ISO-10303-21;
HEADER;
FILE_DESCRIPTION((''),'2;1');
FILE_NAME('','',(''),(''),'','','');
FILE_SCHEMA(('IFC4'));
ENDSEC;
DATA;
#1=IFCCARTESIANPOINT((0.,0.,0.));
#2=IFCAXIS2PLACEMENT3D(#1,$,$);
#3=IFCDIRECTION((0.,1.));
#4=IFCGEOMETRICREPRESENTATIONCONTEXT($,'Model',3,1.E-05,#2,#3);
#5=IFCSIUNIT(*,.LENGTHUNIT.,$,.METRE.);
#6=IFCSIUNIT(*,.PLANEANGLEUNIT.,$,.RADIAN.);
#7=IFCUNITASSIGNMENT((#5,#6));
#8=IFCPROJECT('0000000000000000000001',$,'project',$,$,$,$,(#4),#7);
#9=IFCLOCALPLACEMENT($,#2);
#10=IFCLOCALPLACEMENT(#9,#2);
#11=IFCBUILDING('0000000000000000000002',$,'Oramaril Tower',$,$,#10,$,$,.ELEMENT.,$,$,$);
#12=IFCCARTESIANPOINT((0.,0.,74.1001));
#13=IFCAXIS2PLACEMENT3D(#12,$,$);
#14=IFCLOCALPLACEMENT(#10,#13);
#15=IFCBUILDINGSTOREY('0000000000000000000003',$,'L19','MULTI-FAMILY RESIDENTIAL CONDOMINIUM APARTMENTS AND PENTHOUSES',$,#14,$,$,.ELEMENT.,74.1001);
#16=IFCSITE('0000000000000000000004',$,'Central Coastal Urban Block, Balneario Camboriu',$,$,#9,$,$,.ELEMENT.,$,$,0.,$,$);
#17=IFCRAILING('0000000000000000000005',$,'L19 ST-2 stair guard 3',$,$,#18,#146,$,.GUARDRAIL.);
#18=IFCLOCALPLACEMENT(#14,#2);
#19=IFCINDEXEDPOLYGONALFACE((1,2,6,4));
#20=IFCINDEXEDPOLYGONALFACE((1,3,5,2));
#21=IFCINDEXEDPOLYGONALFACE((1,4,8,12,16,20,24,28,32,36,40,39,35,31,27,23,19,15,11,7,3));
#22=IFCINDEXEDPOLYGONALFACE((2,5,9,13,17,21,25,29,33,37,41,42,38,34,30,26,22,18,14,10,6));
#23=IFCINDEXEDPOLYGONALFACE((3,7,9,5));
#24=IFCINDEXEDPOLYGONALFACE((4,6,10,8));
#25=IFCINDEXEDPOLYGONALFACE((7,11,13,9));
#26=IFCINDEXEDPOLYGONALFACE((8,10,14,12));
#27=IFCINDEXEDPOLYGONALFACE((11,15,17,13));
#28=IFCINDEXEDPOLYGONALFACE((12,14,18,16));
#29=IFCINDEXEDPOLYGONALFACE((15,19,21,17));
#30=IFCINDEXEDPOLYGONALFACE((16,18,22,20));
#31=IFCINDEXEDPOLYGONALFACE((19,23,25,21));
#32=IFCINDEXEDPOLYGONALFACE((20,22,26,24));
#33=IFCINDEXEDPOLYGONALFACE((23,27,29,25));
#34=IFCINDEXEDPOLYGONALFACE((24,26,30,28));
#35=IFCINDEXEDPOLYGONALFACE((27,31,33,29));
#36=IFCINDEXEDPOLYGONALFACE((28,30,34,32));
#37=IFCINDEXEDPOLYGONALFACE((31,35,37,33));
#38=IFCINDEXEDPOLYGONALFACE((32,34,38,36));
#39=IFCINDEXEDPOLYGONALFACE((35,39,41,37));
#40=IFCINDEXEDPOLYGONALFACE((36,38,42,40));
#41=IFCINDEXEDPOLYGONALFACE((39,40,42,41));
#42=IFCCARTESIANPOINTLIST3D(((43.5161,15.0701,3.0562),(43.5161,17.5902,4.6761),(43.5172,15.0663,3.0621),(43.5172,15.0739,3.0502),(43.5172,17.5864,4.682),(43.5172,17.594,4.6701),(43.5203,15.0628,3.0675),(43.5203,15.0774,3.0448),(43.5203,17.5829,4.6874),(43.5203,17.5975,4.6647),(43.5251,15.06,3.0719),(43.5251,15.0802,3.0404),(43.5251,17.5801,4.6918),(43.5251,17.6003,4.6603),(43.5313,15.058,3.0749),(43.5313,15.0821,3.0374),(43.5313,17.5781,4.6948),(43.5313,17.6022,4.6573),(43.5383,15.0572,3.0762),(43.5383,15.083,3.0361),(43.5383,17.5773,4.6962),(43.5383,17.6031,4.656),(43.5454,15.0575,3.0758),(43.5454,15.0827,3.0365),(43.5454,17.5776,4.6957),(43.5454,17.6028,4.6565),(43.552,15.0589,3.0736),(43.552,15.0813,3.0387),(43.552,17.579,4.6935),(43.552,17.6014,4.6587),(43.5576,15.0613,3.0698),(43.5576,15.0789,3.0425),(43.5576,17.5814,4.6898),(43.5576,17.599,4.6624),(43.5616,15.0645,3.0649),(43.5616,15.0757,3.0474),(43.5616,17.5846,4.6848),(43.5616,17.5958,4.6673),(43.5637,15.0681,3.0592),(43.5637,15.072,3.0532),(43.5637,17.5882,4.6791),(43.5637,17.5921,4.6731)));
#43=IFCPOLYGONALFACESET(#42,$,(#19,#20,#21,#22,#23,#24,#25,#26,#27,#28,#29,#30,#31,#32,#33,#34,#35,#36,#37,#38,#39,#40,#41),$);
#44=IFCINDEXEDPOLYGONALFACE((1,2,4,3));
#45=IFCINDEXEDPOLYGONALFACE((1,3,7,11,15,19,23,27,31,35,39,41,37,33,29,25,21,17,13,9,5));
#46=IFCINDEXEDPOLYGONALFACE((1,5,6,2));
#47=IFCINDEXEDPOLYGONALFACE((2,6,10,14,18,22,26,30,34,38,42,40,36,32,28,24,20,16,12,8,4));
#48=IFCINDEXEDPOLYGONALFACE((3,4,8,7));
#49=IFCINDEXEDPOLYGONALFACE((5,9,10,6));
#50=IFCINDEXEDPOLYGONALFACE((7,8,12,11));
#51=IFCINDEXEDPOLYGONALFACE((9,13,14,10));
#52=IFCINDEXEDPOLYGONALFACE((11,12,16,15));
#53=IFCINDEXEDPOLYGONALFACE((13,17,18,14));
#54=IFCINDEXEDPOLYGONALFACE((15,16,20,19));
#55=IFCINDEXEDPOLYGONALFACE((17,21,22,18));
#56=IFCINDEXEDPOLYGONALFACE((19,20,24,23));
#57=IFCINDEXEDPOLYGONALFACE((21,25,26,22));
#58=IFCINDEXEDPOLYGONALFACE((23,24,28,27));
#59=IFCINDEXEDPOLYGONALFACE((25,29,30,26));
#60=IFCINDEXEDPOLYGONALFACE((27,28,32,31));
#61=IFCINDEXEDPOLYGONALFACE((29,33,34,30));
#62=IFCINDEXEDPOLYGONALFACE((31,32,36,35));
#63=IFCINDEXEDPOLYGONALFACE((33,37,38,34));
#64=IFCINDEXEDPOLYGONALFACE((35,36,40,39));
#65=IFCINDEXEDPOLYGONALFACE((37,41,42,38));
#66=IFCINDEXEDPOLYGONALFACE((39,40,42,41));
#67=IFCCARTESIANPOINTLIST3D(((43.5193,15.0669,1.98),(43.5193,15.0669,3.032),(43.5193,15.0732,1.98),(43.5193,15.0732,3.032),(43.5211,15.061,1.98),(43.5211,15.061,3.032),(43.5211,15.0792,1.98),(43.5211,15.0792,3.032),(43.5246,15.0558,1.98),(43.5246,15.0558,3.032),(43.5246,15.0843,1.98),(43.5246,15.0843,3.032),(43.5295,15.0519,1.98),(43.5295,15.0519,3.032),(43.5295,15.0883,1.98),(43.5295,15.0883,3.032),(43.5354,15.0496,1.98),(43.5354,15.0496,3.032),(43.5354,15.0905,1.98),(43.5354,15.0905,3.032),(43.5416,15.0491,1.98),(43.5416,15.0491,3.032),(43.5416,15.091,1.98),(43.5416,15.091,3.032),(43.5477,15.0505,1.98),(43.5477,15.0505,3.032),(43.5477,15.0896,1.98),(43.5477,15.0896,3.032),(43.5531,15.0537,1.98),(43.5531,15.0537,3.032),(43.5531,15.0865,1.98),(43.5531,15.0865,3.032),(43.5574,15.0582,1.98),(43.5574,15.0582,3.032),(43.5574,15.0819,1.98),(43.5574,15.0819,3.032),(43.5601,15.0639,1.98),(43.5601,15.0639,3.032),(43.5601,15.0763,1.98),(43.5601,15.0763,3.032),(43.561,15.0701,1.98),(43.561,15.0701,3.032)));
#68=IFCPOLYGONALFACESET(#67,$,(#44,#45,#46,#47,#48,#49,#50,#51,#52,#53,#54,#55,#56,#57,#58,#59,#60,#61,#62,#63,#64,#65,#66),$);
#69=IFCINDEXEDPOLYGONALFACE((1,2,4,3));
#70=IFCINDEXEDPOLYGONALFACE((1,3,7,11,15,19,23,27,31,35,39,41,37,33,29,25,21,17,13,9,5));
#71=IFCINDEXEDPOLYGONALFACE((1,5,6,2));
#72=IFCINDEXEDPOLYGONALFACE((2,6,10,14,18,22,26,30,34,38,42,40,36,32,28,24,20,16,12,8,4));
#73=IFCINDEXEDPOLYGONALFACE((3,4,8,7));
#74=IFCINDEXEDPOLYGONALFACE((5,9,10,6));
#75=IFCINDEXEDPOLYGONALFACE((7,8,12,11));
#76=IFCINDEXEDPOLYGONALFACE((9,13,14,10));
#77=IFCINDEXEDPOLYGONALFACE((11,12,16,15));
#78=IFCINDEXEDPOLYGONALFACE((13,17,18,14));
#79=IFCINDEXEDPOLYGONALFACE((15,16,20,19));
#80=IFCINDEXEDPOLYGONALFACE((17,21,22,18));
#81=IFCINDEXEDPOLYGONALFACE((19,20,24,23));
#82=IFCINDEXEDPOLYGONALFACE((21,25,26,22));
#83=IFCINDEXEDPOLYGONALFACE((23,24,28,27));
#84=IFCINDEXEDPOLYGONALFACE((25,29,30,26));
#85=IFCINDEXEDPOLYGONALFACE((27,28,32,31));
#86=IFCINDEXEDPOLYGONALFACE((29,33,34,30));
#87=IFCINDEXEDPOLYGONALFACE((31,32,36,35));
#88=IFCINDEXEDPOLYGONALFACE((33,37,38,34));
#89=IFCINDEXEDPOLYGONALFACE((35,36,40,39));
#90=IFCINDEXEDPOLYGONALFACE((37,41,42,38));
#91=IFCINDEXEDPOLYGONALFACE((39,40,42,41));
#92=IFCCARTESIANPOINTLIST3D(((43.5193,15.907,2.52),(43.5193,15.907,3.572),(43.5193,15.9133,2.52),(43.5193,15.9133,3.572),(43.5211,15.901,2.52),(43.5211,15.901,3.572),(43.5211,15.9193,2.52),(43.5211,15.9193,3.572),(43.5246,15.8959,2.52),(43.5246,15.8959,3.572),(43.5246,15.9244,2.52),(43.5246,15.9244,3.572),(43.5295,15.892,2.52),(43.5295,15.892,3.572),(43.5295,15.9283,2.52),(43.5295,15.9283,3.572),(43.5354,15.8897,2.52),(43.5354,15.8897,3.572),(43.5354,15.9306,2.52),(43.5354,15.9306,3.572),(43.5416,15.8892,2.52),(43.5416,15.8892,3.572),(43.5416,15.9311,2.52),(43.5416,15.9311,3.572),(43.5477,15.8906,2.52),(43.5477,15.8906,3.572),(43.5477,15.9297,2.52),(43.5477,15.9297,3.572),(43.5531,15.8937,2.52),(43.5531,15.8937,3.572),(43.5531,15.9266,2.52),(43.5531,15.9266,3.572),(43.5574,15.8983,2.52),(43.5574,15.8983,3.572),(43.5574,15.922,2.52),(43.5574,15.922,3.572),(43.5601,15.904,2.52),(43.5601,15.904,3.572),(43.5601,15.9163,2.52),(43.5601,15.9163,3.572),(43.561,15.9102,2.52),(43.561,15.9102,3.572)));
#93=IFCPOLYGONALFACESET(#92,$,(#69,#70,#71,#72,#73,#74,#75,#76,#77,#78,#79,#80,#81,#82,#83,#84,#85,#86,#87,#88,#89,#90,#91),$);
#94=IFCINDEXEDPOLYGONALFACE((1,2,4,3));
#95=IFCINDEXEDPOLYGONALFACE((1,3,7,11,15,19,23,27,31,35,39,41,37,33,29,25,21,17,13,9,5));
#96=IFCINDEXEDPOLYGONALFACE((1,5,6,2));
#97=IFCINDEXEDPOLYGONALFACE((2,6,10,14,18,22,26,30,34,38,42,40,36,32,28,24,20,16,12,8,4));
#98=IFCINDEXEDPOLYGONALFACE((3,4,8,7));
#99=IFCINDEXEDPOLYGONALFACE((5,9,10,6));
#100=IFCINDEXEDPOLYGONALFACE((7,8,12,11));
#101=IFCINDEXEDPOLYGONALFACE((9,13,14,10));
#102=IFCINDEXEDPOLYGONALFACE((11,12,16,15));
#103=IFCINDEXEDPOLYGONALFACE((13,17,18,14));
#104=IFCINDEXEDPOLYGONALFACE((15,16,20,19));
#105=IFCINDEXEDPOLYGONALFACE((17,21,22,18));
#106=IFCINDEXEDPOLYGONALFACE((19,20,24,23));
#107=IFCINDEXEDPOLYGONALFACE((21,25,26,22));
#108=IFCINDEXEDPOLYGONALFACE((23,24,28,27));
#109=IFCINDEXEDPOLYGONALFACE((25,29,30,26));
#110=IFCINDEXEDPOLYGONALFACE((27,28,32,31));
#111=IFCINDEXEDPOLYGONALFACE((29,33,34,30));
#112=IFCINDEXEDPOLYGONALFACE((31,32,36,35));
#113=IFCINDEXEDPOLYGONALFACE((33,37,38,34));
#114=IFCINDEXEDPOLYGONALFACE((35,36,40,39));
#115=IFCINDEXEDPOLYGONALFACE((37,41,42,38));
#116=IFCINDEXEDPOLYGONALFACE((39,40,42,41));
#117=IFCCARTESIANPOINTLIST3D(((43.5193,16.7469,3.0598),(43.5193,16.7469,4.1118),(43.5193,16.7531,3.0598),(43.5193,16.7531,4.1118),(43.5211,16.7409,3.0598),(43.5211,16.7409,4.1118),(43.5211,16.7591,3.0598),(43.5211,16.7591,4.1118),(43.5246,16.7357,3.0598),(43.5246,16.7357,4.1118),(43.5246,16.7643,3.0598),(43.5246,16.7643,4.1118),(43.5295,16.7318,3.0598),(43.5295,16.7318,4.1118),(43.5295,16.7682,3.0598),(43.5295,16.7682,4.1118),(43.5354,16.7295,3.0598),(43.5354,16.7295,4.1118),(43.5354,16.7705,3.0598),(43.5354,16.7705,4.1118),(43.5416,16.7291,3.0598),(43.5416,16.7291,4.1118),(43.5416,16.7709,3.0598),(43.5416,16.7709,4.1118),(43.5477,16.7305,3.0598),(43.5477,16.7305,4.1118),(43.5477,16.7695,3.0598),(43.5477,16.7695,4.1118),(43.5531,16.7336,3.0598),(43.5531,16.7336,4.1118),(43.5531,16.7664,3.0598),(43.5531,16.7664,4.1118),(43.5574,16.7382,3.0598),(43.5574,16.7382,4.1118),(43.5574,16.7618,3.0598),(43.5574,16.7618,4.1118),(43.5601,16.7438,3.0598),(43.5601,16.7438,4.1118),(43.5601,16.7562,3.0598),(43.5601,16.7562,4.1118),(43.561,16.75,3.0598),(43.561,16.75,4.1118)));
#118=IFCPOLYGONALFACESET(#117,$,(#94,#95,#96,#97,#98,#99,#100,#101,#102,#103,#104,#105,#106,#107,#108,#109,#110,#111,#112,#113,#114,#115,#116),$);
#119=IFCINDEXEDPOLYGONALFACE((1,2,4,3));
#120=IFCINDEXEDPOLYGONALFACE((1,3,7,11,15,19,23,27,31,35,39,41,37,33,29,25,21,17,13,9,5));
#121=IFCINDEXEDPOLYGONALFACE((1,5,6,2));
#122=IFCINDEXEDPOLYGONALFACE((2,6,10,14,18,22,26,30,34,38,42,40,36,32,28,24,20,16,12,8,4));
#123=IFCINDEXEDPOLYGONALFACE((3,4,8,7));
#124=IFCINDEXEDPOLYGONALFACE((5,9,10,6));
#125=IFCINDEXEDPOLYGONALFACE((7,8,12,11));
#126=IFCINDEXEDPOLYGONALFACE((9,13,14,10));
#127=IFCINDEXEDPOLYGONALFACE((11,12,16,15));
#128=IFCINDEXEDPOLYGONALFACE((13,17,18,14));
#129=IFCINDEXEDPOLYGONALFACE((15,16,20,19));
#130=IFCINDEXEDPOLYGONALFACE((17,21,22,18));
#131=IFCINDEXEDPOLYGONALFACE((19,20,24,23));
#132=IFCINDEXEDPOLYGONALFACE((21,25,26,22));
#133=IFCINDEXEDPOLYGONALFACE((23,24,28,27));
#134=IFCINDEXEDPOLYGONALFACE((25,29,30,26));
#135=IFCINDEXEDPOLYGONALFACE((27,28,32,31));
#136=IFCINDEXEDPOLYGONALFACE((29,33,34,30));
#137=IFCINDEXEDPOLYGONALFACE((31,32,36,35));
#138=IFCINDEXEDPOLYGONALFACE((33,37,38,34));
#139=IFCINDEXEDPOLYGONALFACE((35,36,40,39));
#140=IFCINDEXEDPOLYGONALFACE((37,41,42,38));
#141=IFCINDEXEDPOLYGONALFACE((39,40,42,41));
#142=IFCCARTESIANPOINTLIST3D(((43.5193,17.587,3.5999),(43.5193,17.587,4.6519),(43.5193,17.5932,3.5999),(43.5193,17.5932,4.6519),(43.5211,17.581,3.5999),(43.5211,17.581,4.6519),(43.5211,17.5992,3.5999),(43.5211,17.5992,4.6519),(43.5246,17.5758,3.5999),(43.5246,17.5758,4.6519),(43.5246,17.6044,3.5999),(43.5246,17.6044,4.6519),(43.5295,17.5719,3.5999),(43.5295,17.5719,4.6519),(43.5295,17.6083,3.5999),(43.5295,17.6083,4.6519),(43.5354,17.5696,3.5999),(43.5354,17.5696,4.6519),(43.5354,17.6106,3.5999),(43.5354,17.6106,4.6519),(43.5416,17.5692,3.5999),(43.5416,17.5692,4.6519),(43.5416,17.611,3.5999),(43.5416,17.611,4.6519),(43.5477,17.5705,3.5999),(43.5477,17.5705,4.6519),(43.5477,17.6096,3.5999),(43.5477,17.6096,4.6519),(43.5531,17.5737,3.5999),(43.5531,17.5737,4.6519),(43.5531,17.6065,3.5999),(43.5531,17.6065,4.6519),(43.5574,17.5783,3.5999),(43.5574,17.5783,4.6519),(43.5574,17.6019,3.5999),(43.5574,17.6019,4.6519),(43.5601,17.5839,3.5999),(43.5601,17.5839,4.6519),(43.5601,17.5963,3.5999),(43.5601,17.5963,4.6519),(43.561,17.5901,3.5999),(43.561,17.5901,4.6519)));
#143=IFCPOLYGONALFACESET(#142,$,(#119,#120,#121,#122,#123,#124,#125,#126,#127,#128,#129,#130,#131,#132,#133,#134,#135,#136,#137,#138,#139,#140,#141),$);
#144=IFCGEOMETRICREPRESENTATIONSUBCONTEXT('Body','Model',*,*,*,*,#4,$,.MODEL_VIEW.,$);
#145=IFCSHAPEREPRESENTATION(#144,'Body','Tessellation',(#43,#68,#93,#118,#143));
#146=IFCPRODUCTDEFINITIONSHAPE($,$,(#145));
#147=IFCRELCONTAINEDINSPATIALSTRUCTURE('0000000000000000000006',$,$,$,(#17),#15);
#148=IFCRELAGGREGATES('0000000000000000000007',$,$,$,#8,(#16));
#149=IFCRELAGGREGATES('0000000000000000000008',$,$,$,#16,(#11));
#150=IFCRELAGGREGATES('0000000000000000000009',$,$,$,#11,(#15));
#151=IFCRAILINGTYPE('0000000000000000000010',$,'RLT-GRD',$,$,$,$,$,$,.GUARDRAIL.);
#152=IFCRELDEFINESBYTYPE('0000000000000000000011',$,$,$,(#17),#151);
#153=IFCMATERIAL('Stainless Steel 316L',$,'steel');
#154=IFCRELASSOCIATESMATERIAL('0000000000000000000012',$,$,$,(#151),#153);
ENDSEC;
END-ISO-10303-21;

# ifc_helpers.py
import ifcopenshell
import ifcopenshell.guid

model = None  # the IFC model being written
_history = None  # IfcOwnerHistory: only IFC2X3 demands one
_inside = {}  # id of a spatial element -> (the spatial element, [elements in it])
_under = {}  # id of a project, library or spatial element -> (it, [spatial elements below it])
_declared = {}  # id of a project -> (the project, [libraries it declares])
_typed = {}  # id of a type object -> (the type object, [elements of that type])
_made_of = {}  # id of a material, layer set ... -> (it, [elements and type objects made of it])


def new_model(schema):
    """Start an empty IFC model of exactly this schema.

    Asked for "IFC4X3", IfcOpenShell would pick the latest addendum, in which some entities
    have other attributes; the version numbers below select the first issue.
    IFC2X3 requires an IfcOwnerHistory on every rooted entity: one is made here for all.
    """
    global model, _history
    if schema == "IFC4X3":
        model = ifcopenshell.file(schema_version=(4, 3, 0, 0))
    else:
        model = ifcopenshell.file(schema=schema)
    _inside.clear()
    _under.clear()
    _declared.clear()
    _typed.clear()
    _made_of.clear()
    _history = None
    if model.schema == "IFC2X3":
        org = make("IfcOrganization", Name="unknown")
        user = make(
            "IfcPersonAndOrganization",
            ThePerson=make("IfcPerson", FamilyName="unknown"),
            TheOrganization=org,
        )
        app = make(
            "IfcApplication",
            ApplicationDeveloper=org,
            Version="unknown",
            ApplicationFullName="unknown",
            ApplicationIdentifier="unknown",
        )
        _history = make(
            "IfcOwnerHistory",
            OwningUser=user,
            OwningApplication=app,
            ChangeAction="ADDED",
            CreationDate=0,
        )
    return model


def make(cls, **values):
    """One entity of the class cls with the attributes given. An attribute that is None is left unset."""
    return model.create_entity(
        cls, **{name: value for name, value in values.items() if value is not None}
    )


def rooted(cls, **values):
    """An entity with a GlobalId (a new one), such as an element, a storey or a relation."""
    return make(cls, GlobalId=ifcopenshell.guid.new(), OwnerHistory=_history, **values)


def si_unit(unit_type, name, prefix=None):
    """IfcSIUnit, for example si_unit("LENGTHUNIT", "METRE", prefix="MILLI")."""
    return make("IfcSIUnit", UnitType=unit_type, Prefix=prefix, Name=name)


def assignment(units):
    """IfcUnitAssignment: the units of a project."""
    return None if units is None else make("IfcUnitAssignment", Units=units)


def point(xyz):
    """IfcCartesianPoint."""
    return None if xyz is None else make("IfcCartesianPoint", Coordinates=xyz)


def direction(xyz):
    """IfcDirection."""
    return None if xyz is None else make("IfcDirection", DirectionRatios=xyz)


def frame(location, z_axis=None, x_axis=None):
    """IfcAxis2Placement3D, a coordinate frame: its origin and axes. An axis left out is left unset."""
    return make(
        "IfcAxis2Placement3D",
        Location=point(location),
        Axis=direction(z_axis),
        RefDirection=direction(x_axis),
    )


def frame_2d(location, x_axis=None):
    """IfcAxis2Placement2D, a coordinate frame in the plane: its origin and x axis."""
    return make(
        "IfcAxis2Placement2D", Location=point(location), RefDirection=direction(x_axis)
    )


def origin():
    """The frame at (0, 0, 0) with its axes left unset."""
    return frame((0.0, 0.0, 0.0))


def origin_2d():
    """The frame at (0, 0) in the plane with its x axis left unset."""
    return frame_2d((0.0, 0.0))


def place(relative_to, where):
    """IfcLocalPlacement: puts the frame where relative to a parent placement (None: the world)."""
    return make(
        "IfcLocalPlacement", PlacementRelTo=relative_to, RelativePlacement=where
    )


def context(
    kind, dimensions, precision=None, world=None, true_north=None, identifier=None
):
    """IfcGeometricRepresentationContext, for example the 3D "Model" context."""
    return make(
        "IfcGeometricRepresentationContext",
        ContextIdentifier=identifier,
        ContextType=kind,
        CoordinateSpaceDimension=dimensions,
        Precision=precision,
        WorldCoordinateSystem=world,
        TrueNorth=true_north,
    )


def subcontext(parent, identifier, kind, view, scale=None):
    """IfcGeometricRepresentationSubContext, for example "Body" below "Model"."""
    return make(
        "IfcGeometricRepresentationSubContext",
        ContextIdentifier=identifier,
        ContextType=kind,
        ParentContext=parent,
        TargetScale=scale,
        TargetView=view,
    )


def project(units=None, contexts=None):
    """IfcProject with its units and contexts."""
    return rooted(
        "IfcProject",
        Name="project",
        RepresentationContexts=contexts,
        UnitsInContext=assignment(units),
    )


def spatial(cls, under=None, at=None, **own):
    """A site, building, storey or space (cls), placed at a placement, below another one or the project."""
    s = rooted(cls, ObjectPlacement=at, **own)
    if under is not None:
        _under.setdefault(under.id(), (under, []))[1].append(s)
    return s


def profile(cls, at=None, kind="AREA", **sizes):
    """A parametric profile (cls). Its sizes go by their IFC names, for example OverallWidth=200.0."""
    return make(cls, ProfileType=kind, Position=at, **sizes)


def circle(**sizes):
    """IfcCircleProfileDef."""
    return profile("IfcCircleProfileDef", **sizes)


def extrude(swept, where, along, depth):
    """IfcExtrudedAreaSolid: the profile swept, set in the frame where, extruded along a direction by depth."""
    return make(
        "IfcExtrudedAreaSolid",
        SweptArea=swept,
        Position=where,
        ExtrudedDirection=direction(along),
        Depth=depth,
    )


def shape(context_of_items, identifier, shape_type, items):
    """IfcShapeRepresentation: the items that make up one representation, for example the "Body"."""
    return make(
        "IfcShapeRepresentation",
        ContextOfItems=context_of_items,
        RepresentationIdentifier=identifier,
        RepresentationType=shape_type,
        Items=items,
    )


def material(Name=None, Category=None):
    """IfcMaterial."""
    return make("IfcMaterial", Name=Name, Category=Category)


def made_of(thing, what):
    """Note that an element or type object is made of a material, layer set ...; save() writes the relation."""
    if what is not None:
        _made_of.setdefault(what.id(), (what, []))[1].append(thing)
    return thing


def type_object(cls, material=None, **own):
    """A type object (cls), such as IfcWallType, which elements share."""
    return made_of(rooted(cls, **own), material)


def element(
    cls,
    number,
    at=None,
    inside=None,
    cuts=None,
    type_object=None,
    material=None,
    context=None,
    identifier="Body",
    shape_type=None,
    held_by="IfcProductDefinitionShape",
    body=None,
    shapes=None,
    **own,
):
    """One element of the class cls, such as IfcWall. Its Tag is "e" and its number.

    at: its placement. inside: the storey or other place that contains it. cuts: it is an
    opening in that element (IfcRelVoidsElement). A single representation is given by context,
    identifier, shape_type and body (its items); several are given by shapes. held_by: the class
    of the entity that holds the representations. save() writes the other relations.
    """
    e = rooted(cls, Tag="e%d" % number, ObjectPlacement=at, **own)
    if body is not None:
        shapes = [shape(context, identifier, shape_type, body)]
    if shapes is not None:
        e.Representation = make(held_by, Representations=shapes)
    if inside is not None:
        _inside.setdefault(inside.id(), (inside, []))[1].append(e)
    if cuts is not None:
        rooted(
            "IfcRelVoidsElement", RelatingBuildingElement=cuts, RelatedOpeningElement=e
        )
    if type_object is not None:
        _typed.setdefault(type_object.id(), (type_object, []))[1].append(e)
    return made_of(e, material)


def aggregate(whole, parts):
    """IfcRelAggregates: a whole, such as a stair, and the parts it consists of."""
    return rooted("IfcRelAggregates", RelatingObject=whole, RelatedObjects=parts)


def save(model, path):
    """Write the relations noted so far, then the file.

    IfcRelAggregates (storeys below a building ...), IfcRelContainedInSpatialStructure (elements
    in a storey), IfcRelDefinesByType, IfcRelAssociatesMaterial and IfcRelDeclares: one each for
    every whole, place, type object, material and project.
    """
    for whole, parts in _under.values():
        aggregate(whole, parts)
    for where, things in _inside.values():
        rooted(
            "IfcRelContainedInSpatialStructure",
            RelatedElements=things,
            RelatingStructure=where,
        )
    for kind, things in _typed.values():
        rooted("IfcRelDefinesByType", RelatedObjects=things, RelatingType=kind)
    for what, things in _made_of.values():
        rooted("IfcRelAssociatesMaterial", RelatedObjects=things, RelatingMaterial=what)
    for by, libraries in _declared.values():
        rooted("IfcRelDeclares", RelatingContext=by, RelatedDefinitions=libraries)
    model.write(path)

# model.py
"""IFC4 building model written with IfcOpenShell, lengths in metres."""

from ifc_helpers import new_model, si_unit, direction, frame, origin, origin_2d, place, context, subcontext, project, spatial, circle, extrude, material, type_object, element, save


model = new_model("IFC4")

# Units and contexts
model_context = context("Model", 3, precision=1e-05, world=origin(), true_north=direction((0.0, 1.0)))
body_context = subcontext(model_context, "Body", "Model", "MODEL_VIEW")
ifc_project = project(units=[si_unit("LENGTHUNIT", "METRE"), si_unit("PLANEANGLEUNIT", "RADIAN")], contexts=[model_context])

# Site, building, storey
site_placement = place(None, origin())
site = spatial("IfcSite", under=ifc_project, at=site_placement, Name="Central Coastal Urban Block, Balneario Camboriu", CompositionType="ELEMENT", RefElevation=0.0)
building_placement = place(site_placement, origin())
building = spatial("IfcBuilding", under=site, at=building_placement, Name="Oramaril Tower", CompositionType="ELEMENT")
storey_placement = place(building_placement, frame((0.0, 0.0, 74.1001)))
storey = spatial("IfcBuildingStorey", under=building, at=storey_placement, Name="L19", Description="MULTI-FAMILY RESIDENTIAL CONDOMINIUM APARTMENTS AND PENTHOUSES", CompositionType="ELEMENT", Elevation=74.1001)

# Railing
ifc_material_1 = material(Name="Stainless Steel 316L", Category="steel")
railing_type_1 = type_object("IfcRailingType", Name="RLT-GRD", PredefinedType="GUARDRAIL", material=ifc_material_1)
railing_1_placement = place(storey_placement, frame((43.54, 15.0701, 1.98)))
element("IfcRailing", 1, at=railing_1_placement, inside=storey, type_object=railing_type_1, Name="L19 ST-2 stair guard 3", PredefinedType="GUARDRAIL", context=body_context, shape_type="SweptSolid", body=[
    extrude(circle(Radius=0.0239, at=origin_2d()), frame((0.0, 0.0, 1.0762), z_axis=(0.0, 0.8412, 0.540725), x_axis=(-1.0, 0.0, 0.0)), (0.0, 0.0, 1.0), 2.9958),
    extrude(circle(Radius=0.021, at=origin_2d()), origin(), (0.0, 0.0, 1.0), 1.052),
    extrude(circle(Radius=0.021, at=origin_2d()), frame((0.0, 0.8401, 0.54)), (0.0, 0.0, 1.0), 1.052),
    extrude(circle(Radius=0.021, at=origin_2d()), frame((0.0, 1.6799, 1.0798)), (0.0, 0.0, 1.0), 1.052),
    extrude(circle(Radius=0.021, at=origin_2d()), frame((0.0, 2.52, 1.6199)), (0.0, 0.0, 1.0), 1.052),
])

save(model, "model.ifc")
